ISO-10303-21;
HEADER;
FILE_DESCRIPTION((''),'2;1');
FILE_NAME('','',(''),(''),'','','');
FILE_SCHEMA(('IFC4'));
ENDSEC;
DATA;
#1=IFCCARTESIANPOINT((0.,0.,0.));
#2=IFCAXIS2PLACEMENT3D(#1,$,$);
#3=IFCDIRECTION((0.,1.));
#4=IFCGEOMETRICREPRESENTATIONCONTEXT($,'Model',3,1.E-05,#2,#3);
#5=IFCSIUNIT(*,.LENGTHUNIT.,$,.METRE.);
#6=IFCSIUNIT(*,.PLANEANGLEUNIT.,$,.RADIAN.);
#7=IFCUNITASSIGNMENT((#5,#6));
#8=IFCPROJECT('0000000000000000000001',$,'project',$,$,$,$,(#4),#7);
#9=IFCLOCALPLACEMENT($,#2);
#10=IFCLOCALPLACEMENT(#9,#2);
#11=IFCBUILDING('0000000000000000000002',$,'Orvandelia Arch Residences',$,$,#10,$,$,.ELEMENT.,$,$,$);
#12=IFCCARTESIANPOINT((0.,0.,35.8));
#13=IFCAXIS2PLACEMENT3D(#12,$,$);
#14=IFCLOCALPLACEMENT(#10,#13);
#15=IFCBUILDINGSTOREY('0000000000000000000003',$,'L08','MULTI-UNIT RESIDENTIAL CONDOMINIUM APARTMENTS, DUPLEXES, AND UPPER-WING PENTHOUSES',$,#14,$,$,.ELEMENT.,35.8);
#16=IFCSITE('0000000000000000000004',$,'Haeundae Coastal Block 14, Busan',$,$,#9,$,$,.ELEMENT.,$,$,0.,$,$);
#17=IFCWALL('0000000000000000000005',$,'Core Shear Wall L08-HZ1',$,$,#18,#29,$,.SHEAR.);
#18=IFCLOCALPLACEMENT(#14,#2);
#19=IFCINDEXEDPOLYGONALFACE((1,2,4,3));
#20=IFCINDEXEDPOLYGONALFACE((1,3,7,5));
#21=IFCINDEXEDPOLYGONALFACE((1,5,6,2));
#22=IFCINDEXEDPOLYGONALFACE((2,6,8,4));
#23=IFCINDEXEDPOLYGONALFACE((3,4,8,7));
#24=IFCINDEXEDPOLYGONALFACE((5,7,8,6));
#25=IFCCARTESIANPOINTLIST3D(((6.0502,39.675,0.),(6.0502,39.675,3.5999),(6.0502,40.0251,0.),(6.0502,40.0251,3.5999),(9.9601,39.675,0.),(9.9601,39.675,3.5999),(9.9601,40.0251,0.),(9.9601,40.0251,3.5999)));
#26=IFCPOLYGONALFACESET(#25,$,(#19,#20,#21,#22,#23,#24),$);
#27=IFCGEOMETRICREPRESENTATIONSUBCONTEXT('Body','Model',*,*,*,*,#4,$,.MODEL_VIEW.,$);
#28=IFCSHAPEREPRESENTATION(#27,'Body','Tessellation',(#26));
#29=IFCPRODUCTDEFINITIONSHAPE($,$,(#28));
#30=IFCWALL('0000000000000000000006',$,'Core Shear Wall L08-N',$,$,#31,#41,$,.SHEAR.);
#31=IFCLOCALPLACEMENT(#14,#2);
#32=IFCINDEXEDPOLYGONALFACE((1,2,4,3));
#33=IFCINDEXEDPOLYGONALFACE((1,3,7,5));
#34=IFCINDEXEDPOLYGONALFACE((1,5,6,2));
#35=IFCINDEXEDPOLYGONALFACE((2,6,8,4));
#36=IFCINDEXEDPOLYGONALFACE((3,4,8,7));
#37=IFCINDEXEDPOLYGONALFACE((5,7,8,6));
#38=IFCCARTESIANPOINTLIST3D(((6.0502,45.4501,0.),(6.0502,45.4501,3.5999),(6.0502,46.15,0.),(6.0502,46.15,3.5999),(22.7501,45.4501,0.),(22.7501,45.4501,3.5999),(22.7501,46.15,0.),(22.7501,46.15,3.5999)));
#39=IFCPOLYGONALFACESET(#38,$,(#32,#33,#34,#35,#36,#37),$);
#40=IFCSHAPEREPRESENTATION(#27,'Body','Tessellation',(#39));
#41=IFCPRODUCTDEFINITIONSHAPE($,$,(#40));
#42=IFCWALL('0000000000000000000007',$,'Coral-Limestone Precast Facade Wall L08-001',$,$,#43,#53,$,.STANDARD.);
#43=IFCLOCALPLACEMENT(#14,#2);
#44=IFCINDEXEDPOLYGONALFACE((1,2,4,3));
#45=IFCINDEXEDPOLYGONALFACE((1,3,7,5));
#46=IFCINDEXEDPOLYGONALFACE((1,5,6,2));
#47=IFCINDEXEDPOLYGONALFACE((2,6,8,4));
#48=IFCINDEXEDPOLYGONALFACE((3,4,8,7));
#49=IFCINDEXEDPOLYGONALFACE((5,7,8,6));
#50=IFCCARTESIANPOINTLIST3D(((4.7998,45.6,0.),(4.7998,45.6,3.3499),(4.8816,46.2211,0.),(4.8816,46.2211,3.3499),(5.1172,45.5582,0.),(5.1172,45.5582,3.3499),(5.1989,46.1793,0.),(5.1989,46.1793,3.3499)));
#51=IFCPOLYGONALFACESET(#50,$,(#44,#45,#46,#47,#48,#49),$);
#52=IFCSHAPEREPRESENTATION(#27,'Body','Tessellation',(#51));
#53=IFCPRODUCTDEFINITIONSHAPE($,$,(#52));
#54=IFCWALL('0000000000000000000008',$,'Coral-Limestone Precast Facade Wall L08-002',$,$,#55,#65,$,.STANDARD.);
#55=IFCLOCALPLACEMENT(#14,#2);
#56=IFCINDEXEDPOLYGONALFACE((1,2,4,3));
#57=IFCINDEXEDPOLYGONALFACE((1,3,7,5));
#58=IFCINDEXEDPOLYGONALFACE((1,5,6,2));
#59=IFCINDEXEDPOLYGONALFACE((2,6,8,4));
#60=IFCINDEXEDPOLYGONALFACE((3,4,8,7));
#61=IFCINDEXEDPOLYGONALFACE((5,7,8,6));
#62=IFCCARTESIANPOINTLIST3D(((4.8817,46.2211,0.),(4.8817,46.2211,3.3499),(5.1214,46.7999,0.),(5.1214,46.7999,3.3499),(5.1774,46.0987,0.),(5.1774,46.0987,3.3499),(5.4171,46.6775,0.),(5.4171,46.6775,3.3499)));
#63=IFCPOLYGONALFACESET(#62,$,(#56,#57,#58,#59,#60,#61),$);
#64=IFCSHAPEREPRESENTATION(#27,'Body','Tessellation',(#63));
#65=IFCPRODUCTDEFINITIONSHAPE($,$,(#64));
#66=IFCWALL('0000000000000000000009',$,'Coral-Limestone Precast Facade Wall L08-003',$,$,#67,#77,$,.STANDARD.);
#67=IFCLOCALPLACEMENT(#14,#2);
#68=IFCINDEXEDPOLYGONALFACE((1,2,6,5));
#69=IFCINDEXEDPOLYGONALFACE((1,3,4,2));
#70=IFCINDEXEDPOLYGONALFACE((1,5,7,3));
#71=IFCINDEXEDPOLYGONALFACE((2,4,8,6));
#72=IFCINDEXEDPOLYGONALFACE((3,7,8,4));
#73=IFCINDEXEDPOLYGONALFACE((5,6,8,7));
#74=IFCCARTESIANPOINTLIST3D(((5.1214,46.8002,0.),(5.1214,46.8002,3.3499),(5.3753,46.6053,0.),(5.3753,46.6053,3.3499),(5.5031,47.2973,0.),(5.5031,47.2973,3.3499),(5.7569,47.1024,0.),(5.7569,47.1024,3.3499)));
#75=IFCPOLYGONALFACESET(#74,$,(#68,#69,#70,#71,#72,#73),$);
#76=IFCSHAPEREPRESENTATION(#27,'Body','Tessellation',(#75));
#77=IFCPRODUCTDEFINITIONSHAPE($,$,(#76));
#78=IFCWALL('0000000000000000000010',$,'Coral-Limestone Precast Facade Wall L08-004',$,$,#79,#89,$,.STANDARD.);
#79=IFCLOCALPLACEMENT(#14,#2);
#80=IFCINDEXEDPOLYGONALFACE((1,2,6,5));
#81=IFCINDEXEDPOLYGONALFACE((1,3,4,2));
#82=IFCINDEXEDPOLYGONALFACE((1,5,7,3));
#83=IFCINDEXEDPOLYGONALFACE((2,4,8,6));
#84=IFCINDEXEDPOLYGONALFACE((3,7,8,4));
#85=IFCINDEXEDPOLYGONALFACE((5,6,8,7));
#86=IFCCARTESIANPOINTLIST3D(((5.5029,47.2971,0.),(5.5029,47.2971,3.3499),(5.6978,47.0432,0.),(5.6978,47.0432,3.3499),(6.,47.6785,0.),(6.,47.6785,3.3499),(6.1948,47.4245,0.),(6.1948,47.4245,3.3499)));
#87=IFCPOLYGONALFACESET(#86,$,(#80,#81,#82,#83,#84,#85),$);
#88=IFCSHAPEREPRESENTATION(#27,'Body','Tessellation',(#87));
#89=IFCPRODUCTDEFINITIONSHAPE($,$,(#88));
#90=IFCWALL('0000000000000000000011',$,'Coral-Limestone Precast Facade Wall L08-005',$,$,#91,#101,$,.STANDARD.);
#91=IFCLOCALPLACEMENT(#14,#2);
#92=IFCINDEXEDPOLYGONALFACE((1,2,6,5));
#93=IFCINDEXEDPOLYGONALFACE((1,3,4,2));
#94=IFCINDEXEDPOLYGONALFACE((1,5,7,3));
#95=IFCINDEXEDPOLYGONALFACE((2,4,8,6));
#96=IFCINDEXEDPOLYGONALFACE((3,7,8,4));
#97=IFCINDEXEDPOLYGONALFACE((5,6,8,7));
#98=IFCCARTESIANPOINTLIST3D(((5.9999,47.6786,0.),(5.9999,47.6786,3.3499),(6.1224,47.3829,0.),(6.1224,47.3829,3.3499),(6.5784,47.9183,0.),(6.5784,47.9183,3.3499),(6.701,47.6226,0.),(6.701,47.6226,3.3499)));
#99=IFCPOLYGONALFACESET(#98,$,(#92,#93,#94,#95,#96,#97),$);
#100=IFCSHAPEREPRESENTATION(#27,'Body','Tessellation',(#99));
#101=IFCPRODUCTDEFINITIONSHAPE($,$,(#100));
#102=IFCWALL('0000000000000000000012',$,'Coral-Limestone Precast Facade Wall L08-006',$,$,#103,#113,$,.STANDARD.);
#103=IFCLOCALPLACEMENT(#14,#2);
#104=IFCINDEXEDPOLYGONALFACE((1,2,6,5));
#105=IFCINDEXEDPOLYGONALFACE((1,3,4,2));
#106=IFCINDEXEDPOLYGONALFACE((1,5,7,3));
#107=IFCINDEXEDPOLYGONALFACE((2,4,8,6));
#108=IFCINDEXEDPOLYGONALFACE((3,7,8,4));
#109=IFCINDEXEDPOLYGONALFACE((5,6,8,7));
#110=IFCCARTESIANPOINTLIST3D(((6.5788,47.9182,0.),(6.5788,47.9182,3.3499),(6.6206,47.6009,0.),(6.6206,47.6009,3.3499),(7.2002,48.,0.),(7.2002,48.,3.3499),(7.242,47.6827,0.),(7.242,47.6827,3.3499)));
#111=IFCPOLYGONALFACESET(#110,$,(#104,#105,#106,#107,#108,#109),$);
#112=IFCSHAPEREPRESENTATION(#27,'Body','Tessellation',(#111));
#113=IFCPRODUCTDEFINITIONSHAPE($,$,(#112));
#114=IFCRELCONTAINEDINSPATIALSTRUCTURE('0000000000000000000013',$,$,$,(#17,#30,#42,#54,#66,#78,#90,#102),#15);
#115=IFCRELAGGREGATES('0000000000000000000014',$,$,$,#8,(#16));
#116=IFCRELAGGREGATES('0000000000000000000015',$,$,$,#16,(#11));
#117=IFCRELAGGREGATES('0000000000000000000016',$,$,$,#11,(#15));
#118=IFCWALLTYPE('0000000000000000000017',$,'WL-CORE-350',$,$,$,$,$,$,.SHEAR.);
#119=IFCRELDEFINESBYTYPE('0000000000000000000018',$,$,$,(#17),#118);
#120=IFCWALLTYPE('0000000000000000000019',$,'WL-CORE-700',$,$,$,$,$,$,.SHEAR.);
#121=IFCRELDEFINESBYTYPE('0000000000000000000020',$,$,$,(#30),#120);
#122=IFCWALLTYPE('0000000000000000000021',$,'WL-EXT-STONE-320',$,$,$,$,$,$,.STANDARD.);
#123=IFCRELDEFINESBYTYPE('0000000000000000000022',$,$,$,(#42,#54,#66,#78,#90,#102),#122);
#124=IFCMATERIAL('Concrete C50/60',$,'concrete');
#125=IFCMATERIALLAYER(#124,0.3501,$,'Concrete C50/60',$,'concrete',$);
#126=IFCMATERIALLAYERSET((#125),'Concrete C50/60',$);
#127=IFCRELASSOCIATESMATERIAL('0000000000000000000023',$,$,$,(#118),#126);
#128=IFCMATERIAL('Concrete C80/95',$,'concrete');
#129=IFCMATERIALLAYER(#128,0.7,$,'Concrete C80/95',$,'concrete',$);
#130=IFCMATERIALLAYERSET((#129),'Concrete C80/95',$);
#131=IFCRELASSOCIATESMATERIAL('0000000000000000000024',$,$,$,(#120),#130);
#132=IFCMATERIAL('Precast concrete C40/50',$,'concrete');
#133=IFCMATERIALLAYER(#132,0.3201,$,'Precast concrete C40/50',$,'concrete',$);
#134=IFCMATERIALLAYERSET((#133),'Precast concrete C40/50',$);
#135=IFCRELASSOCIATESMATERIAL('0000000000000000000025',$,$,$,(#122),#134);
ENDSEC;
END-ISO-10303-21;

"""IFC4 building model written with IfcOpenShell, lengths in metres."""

from ifc_helpers import new_model, si_unit, direction, frame, frame_2d, origin, place, context, subcontext, project, spatial, rectangle, extrude, material, layer, layer_set, type_object, element, save


model = new_model("IFC4")

# Units and contexts
model_context = context("Model", 3, precision=1e-05, world=origin(), true_north=direction((0.0, 1.0)))
body_context = subcontext(model_context, "Body", "Model", "MODEL_VIEW")
ifc_project = project(units=[si_unit("LENGTHUNIT", "METRE"), si_unit("PLANEANGLEUNIT", "RADIAN")], contexts=[model_context])

# Site, building, storey
site_placement = place(None, origin())
site = spatial("IfcSite", under=ifc_project, at=site_placement, Name="Haeundae Coastal Block 14, Busan", CompositionType="ELEMENT", RefElevation=0.0)
building_placement = place(site_placement, origin())
building = spatial("IfcBuilding", under=site, at=building_placement, Name="Orvandelia Arch Residences", CompositionType="ELEMENT")
storey_placement = place(building_placement, frame((0.0, 0.0, 35.8)))
storey = spatial("IfcBuildingStorey", under=building, at=storey_placement, Name="L08", Description="MULTI-UNIT RESIDENTIAL CONDOMINIUM APARTMENTS, DUPLEXES, AND UPPER-WING PENTHOUSES", CompositionType="ELEMENT", Elevation=35.8)

# Shared definitions
ifc_material_1 = material(Name="Concrete C80/95", Category="concrete")

# Walls
ifc_material_2 = material(Name="Concrete C50/60", Category="concrete")
ifc_layer_1 = layer(ifc_material_2, 0.3501, Name="Concrete C50/60", Category="concrete")
ifc_layer_set_1 = layer_set([ifc_layer_1], Name="Concrete C50/60")
wall_type_1 = type_object("IfcWallType", Name="WL-CORE-350", PredefinedType="SHEAR", material=ifc_layer_set_1)
wall_1_placement = place(storey_placement, frame((6.05, 39.8501, 0.0), z_axis=(0.0, 0.0, 1.0), x_axis=(1.0, 0.0, 0.0)))
element("IfcWall", 1, at=wall_1_placement, inside=storey, type_object=wall_type_1, Name="Core Shear Wall L08-HZ1", PredefinedType="SHEAR", context=body_context, shape_type="SweptSolid", body=[
    extrude(rectangle(XDim=3.9099, YDim=0.3501, at=frame_2d((1.9551, 0.0))), origin(), (0.0, 0.0, 1.0), 3.5999),
])
ifc_layer_2 = layer(ifc_material_1, 0.7, Name="Concrete C80/95", Category="concrete")
ifc_layer_set_2 = layer_set([ifc_layer_2], Name="Concrete C80/95")
wall_type_2 = type_object("IfcWallType", Name="WL-CORE-700", PredefinedType="SHEAR", material=ifc_layer_set_2)
wall_2_placement = place(storey_placement, frame((6.05, 45.8, 0.0), z_axis=(0.0, 0.0, 1.0), x_axis=(1.0, 0.0, 0.0)))
element("IfcWall", 2, at=wall_2_placement, inside=storey, type_object=wall_type_2, Name="Core Shear Wall L08-N", PredefinedType="SHEAR", context=body_context, shape_type="SweptSolid", body=[
    extrude(rectangle(XDim=16.7, YDim=0.7, at=frame_2d((8.3501, 0.0))), origin(), (0.0, 0.0, 1.0), 3.5999),
])
ifc_material_3 = material(Name="Precast concrete C40/50", Category="concrete")
ifc_layer_3 = layer(ifc_material_3, 0.3201, Name="Precast concrete C40/50", Category="concrete")
ifc_layer_set_3 = layer_set([ifc_layer_3], Name="Precast concrete C40/50")
wall_type_3 = type_object("IfcWallType", Name="WL-EXT-STONE-320", PredefinedType="STANDARD", material=ifc_layer_set_3)
for number, where, z_axis, x_axis, name in (
    (3, (4.9585, 45.5791, 0.0), (0.0, 0.0, 1.0), (0.130555, 0.991441, 0.0), "Coral-Limestone Precast Facade Wall L08-001"),
    (4, (5.0295, 46.1599, 0.0), (0.0, 0.0, 1.0), (0.38265, 0.923893, 0.0), "Coral-Limestone Precast Facade Wall L08-002"),
):
    element("IfcWall", number, at=place(storey_placement, frame(where, z_axis=z_axis, x_axis=x_axis)), inside=storey, type_object=wall_type_3, Name=name, PredefinedType="STANDARD", context=body_context, shape_type="SweptSolid", body=[
        extrude(rectangle(XDim=0.6265, YDim=0.3201, at=frame_2d((0.3132, 0.0))), origin(), (0.0, 0.0, 1.0), 3.3499),
    ])
wall_3_placement = place(storey_placement, frame((5.2483, 46.7026, 0.0), z_axis=(0.0, 0.0, 1.0), x_axis=(0.608939, 0.793217, 0.0)))
element("IfcWall", 5, at=wall_3_placement, inside=storey, type_object=wall_type_3, Name="Coral-Limestone Precast Facade Wall L08-003", PredefinedType="STANDARD", context=body_context, shape_type="SweptSolid", body=[
    extrude(rectangle(XDim=0.6267, YDim=0.3201, at=frame_2d((0.3135, 0.0))), origin(), (0.0, 0.0, 1.0), 3.3499),
])
wall_4_placement = place(storey_placement, frame((5.6003, 47.1702, 0.0), z_axis=(0.0, 0.0, 1.0), x_axis=(0.793406, 0.608693, 0.0)))
element("IfcWall", 6, at=wall_4_placement, inside=storey, type_object=wall_type_3, Name="Coral-Limestone Precast Facade Wall L08-004", PredefinedType="STANDARD", context=body_context, shape_type="SweptSolid", body=[
    extrude(rectangle(XDim=0.6265, YDim=0.3201, at=frame_2d((0.3132, 0.0))), origin(), (0.0, 0.0, 1.0), 3.3499),
])
wall_5_placement = place(storey_placement, frame((6.0613, 47.5308, 0.0), z_axis=(0.0, 0.0, 1.0), x_axis=(0.923836, 0.382788, 0.0)))
element("IfcWall", 7, at=wall_5_placement, inside=storey, type_object=wall_type_3, Name="Coral-Limestone Precast Facade Wall L08-005", PredefinedType="STANDARD", context=body_context, shape_type="SweptSolid", body=[
    extrude(rectangle(XDim=0.6262, YDim=0.3201, at=frame_2d((0.313, 0.0))), origin(), (0.0, 0.0, 1.0), 3.3499),
])
wall_6_placement = place(storey_placement, frame((6.5996, 47.7595, 0.0), z_axis=(0.0, 0.0, 1.0), x_axis=(0.991448, 0.130505, 0.0)))
element("IfcWall", 8, at=wall_6_placement, inside=storey, type_object=wall_type_3, Name="Coral-Limestone Precast Facade Wall L08-006", PredefinedType="STANDARD", context=body_context, shape_type="SweptSolid", body=[
    extrude(rectangle(XDim=0.6267, YDim=0.3201, at=frame_2d((0.3135, 0.0))), origin(), (0.0, 0.0, 1.0), 3.3499),
])

save(model, "model.ifc")
